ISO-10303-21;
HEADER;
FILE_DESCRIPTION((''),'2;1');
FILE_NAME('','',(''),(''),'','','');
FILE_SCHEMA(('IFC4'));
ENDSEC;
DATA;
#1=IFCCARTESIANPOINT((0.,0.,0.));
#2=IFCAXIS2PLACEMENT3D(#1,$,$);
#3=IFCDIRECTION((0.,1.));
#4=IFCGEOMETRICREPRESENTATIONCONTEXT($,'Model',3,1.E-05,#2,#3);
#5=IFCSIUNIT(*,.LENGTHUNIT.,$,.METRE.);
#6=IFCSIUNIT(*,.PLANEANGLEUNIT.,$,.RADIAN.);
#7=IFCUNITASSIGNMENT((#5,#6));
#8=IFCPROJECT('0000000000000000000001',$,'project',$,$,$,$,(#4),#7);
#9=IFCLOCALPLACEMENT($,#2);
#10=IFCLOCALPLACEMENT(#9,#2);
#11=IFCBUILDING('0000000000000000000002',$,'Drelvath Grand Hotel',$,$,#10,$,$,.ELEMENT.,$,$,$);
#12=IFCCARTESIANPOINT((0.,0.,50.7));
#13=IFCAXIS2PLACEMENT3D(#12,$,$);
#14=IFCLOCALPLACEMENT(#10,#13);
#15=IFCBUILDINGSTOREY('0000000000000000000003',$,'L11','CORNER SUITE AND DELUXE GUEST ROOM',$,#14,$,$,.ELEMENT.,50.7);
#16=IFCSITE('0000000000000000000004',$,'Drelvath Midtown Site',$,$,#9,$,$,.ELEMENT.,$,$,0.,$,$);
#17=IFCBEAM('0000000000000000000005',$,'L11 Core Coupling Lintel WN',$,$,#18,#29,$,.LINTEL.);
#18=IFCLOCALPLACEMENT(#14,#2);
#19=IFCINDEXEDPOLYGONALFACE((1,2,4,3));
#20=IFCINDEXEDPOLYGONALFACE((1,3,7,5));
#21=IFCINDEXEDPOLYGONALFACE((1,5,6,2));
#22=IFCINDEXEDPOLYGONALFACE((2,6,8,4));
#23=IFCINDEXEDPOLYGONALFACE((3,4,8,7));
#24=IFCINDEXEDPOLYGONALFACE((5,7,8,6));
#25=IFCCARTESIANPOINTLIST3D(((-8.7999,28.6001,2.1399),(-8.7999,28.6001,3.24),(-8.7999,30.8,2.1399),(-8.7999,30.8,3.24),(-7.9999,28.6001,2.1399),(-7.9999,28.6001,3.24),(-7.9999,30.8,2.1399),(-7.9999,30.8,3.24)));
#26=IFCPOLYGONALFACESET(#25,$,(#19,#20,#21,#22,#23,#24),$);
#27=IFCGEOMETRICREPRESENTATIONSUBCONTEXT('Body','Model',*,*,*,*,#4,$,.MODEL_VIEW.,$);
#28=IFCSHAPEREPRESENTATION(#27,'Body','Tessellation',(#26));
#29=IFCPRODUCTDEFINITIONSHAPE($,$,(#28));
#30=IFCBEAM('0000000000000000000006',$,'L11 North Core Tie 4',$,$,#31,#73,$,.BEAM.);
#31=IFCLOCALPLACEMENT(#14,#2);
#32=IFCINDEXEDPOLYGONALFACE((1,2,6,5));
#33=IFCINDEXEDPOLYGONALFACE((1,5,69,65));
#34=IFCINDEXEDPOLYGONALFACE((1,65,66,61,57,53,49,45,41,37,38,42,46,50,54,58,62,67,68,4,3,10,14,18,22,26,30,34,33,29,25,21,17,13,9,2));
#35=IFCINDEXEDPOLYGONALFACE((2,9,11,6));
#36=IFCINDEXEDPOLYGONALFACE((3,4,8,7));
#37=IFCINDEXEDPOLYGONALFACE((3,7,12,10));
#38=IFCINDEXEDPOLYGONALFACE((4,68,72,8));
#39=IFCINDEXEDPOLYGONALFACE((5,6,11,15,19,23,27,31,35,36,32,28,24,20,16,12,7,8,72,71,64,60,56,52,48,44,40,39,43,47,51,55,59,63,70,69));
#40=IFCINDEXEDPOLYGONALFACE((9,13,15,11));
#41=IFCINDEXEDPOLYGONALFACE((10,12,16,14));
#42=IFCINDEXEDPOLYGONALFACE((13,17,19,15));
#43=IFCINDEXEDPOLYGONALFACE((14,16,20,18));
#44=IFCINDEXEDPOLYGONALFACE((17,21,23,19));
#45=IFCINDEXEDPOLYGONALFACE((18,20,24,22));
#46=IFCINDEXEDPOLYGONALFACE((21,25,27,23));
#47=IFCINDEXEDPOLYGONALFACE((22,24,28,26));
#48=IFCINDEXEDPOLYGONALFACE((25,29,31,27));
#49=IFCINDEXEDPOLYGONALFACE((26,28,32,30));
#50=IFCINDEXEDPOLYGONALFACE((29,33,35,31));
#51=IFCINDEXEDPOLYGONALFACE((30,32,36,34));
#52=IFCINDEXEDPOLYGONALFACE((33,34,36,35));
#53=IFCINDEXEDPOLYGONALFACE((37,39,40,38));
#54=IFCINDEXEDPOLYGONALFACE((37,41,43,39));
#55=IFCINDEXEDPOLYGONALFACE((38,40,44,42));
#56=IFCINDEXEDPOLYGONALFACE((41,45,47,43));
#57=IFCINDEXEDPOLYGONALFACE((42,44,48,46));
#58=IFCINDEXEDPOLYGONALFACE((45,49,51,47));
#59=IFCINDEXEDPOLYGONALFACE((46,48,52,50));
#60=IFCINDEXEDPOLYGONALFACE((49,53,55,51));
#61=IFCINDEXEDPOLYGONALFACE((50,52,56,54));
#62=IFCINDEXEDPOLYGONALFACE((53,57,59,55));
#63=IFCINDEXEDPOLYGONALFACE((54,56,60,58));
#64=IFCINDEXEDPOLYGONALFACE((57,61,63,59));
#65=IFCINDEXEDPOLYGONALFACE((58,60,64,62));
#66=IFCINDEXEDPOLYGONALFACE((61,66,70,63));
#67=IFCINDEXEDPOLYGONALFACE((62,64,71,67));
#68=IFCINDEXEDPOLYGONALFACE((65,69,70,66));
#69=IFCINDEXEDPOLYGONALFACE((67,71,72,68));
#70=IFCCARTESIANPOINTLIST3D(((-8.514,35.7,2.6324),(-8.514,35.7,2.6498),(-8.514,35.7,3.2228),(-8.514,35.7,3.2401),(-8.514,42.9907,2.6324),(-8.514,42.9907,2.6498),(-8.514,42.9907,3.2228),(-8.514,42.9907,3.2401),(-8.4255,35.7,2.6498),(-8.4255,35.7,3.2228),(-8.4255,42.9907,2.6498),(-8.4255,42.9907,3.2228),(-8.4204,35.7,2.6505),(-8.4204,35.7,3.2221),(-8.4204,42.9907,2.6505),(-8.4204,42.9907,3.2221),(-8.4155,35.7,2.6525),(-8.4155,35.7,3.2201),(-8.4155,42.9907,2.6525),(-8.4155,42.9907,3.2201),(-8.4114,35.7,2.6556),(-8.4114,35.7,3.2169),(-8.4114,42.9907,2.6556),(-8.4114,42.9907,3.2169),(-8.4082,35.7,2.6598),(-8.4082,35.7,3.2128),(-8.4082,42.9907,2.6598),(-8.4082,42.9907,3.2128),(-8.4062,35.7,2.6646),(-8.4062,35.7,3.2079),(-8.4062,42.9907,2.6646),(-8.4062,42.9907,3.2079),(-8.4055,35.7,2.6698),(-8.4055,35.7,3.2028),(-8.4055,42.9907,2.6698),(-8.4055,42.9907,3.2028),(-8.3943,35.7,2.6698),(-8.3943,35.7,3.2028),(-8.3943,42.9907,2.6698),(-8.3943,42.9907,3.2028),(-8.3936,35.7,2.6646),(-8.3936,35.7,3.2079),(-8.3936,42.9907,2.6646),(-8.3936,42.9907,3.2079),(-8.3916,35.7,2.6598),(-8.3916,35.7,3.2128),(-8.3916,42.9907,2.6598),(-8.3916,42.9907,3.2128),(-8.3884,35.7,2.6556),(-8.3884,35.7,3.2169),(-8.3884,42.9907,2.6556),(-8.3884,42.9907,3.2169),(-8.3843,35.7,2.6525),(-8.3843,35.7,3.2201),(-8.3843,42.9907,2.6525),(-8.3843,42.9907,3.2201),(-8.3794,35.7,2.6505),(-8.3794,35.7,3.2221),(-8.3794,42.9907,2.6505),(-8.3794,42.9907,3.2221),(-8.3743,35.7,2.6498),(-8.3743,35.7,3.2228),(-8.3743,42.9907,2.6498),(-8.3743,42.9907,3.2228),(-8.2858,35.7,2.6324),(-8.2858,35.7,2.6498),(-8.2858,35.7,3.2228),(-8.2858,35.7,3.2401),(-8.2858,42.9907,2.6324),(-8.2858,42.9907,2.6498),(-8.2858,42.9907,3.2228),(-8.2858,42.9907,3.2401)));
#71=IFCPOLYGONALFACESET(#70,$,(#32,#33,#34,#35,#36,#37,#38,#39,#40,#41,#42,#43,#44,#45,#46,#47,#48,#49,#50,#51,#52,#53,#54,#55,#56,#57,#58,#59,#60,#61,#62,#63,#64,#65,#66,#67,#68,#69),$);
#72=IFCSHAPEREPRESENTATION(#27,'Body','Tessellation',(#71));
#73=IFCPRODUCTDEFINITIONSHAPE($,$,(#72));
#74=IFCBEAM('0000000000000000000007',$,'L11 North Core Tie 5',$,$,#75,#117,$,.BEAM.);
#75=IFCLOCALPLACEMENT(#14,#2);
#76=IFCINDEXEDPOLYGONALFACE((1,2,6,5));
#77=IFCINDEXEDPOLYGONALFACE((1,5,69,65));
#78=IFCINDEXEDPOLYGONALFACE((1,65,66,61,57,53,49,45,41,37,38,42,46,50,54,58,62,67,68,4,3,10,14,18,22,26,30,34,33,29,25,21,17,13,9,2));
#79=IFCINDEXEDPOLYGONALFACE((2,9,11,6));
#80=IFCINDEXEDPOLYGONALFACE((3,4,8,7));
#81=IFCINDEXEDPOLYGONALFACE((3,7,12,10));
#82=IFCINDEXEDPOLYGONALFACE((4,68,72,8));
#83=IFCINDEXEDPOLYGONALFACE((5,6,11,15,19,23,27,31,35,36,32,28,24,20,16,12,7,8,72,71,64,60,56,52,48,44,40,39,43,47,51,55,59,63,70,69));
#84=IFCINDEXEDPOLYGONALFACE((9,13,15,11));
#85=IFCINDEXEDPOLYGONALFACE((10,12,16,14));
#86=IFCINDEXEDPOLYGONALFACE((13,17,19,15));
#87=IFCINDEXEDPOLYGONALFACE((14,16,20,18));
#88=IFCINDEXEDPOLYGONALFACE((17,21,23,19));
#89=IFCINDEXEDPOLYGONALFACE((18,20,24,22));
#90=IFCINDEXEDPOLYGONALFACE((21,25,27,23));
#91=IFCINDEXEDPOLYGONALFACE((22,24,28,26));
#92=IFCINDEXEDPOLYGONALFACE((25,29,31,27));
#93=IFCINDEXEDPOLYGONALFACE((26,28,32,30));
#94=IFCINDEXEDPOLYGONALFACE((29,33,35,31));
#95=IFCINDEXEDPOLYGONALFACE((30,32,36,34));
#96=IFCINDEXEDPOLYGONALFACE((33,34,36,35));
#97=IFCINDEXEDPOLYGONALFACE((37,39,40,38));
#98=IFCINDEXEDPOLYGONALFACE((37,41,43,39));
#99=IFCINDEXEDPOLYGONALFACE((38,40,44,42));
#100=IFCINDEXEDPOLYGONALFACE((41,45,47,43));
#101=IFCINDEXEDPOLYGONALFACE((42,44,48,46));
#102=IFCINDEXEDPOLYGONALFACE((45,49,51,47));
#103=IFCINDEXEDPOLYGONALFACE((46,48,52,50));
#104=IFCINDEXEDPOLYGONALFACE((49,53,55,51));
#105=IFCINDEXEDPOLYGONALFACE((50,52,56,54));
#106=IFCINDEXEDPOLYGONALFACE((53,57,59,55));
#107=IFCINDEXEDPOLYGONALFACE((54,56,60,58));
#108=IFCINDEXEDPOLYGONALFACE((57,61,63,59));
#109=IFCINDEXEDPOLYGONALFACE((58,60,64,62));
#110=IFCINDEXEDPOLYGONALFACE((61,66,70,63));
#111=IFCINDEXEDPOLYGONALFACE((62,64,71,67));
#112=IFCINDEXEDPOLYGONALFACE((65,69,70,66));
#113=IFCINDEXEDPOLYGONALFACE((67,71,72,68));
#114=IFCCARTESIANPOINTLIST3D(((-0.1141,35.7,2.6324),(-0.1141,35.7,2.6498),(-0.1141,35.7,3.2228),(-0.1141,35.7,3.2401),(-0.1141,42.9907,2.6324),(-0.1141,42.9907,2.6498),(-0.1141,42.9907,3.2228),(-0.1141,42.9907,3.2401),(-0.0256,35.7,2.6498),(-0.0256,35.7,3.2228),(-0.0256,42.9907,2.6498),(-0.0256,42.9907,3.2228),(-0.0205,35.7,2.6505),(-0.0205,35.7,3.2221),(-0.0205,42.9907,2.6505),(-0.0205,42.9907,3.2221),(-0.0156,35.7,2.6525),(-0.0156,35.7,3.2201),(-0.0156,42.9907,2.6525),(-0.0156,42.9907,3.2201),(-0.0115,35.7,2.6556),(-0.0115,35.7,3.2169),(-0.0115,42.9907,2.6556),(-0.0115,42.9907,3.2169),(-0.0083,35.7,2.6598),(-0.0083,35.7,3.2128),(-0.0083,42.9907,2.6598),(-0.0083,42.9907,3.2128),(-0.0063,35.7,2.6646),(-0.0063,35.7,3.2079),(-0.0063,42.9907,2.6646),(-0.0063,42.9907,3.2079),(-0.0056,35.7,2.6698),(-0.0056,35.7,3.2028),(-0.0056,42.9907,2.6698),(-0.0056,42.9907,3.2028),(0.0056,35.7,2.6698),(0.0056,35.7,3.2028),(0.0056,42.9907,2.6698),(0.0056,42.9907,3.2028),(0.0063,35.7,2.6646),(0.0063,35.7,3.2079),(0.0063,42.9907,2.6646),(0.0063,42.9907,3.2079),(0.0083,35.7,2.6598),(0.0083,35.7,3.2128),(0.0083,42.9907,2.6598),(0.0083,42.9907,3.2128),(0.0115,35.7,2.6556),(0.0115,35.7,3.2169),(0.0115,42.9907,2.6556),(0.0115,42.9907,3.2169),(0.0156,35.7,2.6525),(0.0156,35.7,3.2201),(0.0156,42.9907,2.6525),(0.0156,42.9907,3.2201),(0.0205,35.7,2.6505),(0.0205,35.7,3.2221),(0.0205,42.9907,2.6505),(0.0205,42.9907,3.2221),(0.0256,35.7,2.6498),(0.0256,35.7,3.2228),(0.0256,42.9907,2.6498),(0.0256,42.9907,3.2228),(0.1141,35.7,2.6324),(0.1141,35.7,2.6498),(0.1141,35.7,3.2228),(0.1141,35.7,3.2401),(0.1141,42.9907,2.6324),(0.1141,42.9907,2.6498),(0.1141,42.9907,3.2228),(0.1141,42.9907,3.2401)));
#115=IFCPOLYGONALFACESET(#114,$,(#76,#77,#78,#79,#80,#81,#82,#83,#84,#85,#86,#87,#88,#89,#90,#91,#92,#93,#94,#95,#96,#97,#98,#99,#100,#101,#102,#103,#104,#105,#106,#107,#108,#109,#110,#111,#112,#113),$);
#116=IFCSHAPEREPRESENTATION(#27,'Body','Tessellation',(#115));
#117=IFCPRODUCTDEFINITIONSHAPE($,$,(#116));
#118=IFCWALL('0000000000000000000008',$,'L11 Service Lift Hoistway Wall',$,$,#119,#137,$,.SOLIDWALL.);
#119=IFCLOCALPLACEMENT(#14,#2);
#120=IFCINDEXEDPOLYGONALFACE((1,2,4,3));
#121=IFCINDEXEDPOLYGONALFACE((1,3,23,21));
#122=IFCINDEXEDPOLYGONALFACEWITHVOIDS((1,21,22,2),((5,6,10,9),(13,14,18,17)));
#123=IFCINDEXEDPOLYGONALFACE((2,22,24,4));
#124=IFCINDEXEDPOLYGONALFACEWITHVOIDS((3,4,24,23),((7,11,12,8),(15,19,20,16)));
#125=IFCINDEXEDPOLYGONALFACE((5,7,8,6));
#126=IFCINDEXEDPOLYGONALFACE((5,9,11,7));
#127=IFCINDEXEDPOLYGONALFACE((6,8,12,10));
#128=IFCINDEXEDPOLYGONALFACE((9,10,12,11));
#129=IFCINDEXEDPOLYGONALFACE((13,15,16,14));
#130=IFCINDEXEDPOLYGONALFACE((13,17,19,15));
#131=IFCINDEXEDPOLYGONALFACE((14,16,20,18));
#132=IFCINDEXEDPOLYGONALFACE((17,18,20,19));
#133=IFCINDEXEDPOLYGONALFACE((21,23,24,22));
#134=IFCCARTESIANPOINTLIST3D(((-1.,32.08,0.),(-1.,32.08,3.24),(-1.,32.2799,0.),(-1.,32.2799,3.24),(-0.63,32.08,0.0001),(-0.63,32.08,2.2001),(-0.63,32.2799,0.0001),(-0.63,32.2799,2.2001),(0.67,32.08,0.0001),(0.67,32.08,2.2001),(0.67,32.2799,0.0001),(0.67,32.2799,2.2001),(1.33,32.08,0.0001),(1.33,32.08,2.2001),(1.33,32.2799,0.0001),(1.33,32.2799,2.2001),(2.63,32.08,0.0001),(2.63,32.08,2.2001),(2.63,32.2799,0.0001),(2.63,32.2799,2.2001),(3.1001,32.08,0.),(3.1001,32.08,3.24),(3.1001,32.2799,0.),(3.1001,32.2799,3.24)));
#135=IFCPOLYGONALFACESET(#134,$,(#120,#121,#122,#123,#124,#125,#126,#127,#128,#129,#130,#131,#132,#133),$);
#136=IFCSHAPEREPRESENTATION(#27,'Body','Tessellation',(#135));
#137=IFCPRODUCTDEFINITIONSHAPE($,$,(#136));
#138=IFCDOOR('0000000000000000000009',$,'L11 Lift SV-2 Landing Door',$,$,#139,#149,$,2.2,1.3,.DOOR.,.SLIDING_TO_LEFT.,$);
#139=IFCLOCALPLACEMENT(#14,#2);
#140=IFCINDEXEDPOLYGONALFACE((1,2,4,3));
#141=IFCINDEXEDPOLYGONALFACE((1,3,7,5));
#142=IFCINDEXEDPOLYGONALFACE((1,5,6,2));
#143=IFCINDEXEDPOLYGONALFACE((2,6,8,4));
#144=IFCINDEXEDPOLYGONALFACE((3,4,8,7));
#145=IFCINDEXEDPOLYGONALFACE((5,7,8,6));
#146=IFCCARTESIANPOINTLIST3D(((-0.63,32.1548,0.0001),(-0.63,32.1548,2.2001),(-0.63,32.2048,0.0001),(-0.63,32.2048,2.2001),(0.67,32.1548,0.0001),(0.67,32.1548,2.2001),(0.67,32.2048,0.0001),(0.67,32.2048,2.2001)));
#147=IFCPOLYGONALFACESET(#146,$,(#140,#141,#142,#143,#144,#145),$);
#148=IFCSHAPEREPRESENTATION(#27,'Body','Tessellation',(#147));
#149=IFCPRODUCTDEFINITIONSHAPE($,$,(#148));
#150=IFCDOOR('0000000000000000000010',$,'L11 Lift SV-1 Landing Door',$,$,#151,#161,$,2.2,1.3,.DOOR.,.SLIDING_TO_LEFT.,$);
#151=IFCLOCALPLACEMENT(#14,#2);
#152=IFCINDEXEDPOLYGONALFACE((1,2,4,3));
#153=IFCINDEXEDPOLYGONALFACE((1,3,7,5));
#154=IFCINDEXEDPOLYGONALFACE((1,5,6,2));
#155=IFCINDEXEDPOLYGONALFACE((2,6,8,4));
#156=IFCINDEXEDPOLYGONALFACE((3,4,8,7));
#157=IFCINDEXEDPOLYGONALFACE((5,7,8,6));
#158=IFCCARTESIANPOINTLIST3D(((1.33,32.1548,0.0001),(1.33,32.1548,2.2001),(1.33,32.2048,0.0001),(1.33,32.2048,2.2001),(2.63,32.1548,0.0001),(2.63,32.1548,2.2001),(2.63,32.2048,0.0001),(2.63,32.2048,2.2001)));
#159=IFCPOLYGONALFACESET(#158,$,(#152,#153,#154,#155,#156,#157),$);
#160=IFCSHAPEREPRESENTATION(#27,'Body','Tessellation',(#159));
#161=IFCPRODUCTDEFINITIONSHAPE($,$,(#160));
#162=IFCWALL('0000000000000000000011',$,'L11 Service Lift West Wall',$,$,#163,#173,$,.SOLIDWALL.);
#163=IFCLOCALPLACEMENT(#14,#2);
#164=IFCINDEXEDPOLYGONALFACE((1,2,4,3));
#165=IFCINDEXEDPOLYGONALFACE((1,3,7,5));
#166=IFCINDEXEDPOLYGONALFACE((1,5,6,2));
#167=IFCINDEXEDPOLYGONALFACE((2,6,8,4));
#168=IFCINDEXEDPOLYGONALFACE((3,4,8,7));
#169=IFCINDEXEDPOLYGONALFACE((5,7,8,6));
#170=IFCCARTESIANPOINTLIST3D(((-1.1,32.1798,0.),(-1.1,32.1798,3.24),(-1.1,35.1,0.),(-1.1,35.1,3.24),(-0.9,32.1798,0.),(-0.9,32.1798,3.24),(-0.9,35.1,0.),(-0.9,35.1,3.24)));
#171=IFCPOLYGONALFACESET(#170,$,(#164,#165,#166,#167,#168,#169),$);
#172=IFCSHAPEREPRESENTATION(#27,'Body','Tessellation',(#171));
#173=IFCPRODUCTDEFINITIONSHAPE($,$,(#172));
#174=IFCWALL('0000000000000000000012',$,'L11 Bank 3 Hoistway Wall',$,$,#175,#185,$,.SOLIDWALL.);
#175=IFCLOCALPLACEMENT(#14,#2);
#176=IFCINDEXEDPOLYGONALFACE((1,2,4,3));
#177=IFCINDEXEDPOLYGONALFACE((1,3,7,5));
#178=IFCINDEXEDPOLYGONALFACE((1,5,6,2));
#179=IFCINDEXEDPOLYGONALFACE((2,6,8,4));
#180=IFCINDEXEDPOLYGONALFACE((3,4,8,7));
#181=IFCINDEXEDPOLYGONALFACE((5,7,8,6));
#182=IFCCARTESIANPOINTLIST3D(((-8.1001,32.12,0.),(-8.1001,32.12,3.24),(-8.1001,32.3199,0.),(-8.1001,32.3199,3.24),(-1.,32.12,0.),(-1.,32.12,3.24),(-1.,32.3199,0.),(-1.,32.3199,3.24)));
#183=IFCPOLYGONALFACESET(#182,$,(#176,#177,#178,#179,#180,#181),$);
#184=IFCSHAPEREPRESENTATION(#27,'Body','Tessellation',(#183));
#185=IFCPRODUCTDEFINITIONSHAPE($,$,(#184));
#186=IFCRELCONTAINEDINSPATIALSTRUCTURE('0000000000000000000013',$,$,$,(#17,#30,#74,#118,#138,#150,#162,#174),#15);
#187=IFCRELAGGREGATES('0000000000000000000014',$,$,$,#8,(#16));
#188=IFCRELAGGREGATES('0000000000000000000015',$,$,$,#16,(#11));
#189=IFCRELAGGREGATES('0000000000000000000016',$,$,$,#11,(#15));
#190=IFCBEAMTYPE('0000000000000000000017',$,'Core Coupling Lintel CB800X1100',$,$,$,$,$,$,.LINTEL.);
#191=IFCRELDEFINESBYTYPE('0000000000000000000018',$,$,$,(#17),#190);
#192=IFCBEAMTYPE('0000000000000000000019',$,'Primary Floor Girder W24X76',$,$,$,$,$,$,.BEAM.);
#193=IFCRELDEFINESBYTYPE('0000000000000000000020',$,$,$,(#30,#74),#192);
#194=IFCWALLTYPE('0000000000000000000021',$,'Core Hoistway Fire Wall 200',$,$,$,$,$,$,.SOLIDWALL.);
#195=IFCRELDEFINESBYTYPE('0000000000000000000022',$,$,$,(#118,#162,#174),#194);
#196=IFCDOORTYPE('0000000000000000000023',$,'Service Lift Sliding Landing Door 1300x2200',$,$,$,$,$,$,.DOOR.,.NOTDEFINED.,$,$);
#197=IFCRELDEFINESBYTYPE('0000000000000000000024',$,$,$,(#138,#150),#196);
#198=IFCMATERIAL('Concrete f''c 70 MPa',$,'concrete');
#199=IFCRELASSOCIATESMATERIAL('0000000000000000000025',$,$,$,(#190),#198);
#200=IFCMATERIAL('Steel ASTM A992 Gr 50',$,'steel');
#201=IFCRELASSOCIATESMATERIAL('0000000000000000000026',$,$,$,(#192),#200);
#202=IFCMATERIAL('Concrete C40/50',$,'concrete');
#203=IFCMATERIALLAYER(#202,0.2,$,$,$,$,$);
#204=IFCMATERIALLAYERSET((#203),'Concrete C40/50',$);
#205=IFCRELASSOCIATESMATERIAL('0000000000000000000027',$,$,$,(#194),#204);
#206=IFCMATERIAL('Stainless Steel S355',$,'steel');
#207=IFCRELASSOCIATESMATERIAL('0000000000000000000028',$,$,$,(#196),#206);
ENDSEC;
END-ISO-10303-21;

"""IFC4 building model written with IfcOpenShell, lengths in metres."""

from ifc_helpers import new_model, si_unit, direction, frame, frame_2d, origin, origin_2d, place, context, subcontext, project, spatial, rectangle, i_section, extrude, material, layer, layer_set, material_profile, profile_set, type_object, element, fill, save


model = new_model("IFC4")

# Units and contexts
model_context = context("Model", 3, precision=1e-05, world=origin(), true_north=direction((0.0, 1.0)))
body_context = subcontext(model_context, "Body", "Model", "MODEL_VIEW")
ifc_project = project(units=[si_unit("LENGTHUNIT", "METRE"), si_unit("PLANEANGLEUNIT", "RADIAN")], contexts=[model_context])

# Site, building, storey
site_placement = place(None, origin())
site = spatial("IfcSite", under=ifc_project, at=site_placement, Name="Drelvath Midtown Site", CompositionType="ELEMENT", RefElevation=0.0)
building_placement = place(site_placement, origin())
building = spatial("IfcBuilding", under=site, at=building_placement, Name="Drelvath Grand Hotel", CompositionType="ELEMENT")
storey_placement = place(building_placement, frame((0.0, 0.0, 50.7)))
storey = spatial("IfcBuildingStorey", under=building, at=storey_placement, Name="L11", Description="CORNER SUITE AND DELUXE GUEST ROOM", CompositionType="ELEMENT", Elevation=50.7)

# Beams
ifc_material_1 = material(Name="Concrete f'c 70 MPa", Category="concrete")
ifc_material_profile_1 = material_profile(ifc_material_1, rectangle(XDim=0.8, YDim=1.1001, at=origin_2d()), Name="CB800X1100")
ifc_profile_set_1 = profile_set([ifc_material_profile_1], Name="Concrete f'c 70 MPa")
beam_type_1 = type_object("IfcBeamType", Name="Core Coupling Lintel CB800X1100", PredefinedType="LINTEL", material=ifc_profile_set_1)
beam_placement = place(storey_placement, frame((-8.3999, 28.6001, 2.6899), z_axis=(0.0, 1.0, 0.0), x_axis=(-1.0, 0.0, 0.0)))
element("IfcBeam", 1, at=beam_placement, inside=storey, type_object=beam_type_1, Name="L11 Core Coupling Lintel WN", PredefinedType="LINTEL", context=body_context, shape_type="SweptSolid", body=[
    extrude(rectangle(XDim=0.8, YDim=1.1001, at=origin_2d()), origin(), (0.0, 0.0, 1.0), 2.2),
])
ifc_material_2 = material(Name="Steel ASTM A992 Gr 50", Category="steel")
ifc_material_profile_2 = material_profile(ifc_material_2, i_section(OverallWidth=0.2283, OverallDepth=0.6077, WebThickness=0.0112, FlangeThickness=0.0173, FilletRadius=0.02, at=origin_2d()), Name="W24X76")
ifc_profile_set_2 = profile_set([ifc_material_profile_2], Name="Steel ASTM A992 Gr 50")
beam_type_2 = type_object("IfcBeamType", Name="Primary Floor Girder W24X76", PredefinedType="BEAM", material=ifc_profile_set_2)
for number, where, z_axis, x_axis, name in (
    (2, (-8.3999, 35.7, 2.9363), (0.0, 1.0, 0.0), (-1.0, 0.0, 0.0), "L11 North Core Tie 4"),
    (3, (0.0, 35.7, 2.9363), (0.0, 1.0, 0.0), (-1.0, 0.0, 0.0), "L11 North Core Tie 5"),
):
    element("IfcBeam", number, at=place(storey_placement, frame(where, z_axis=z_axis, x_axis=x_axis)), inside=storey, type_object=beam_type_2, Name=name, PredefinedType="BEAM", context=body_context, shape_type="SweptSolid", body=[
        extrude(i_section(OverallWidth=0.2283, OverallDepth=0.6077, WebThickness=0.0112, FlangeThickness=0.0173, FilletRadius=0.02, at=origin_2d()), origin(), (0.0, 0.0, 1.0), 7.2908),
    ])

# Wall, openings, doors
ifc_material_3 = material(Name="Concrete C40/50", Category="concrete")
ifc_layer_1 = layer(ifc_material_3, 0.2)
ifc_layer_set_1 = layer_set([ifc_layer_1], Name="Concrete C40/50")
wall_type_1 = type_object("IfcWallType", Name="Core Hoistway Fire Wall 200", PredefinedType="SOLIDWALL", material=ifc_layer_set_1)
wall_1_placement = place(storey_placement, frame((-1.0, 32.1799, 0.0), z_axis=(0.0, 0.0, 1.0), x_axis=(1.0, 0.0, 0.0)))
wall_1 = element("IfcWall", 4, at=wall_1_placement, inside=storey, type_object=wall_type_1, Name="L11 Service Lift Hoistway Wall", PredefinedType="SOLIDWALL", context=body_context, shape_type="SweptSolid", body=[
    extrude(rectangle(XDim=4.1001, YDim=0.2, at=frame_2d((2.05, 0.0))), origin(), (0.0, 0.0, 1.0), 3.24),
])
opening_1_placement = place(wall_1_placement, frame((0.3701, 0.0, 0.0)))
opening_1 = element("IfcOpeningElement", 5, at=opening_1_placement, cuts=wall_1, PredefinedType="OPENING", context=body_context, shape_type="SweptSolid", body=[
    extrude(rectangle(XDim=1.3, YDim=2.2, at=frame_2d((0.6499, 1.1001))), frame((0.0, 0.1099, 0.0), z_axis=(0.0, -1.0, 0.0), x_axis=(1.0, 0.0, 0.0)), (0.0, 0.0, 1.0), 0.22),
])
opening_2_placement = place(wall_1_placement, frame((2.3301, 0.0, 0.0)))
opening_2 = element("IfcOpeningElement", 6, at=opening_2_placement, cuts=wall_1, PredefinedType="OPENING", context=body_context, shape_type="SweptSolid", body=[
    extrude(rectangle(XDim=1.3, YDim=2.2, at=frame_2d((0.6499, 1.1001))), frame((0.0, 0.1099, 0.0), z_axis=(0.0, -1.0, 0.0), x_axis=(1.0, 0.0, 0.0)), (0.0, 0.0, 1.0), 0.22),
])
ifc_material_4 = material(Name="Stainless Steel S355", Category="steel")
door_type_1 = type_object("IfcDoorType", Name="Service Lift Sliding Landing Door 1300x2200", OperationType="NOTDEFINED", PredefinedType="DOOR", material=ifc_material_4)
door_1_placement = place(opening_1_placement, origin())
door_1 = element("IfcDoor", 7, at=door_1_placement, inside=storey, type_object=door_type_1, Name="L11 Lift SV-2 Landing Door", OperationType="SLIDING_TO_LEFT", OverallHeight=2.2, OverallWidth=1.3, PredefinedType="DOOR", context=body_context, shape_type="SweptSolid", body=[
    extrude(rectangle(XDim=1.3, YDim=2.2, at=frame_2d((0.6499, 1.1001))), frame((0.0, 0.0249, 0.0), z_axis=(0.0, -1.0, 0.0), x_axis=(1.0, 0.0, 0.0)), (0.0, 0.0, 1.0), 0.05),
])
fill(opening_1, door_1)
door_2_placement = place(opening_2_placement, origin())
door_2 = element("IfcDoor", 8, at=door_2_placement, inside=storey, type_object=door_type_1, Name="L11 Lift SV-1 Landing Door", OperationType="SLIDING_TO_LEFT", OverallHeight=2.2, OverallWidth=1.3, PredefinedType="DOOR", context=body_context, shape_type="SweptSolid", body=[
    extrude(rectangle(XDim=1.3, YDim=2.2, at=frame_2d((0.6499, 1.1001))), frame((0.0, 0.0249, 0.0), z_axis=(0.0, -1.0, 0.0), x_axis=(1.0, 0.0, 0.0)), (0.0, 0.0, 1.0), 0.05),
])
fill(opening_2, door_2)

# Walls
wall_2_placement = place(storey_placement, frame((-1.0, 32.1799, 0.0), z_axis=(0.0, 0.0, 1.0), x_axis=(0.0, 1.0, 0.0)))
element("IfcWall", 9, at=wall_2_placement, inside=storey, type_object=wall_type_1, Name="L11 Service Lift West Wall", PredefinedType="SOLIDWALL", context=body_context, shape_type="SweptSolid", body=[
    extrude(rectangle(XDim=2.9202, YDim=0.2, at=frame_2d((1.46, 0.0))), origin(), (0.0, 0.0, 1.0), 3.24),
])
wall_3_placement = place(storey_placement, frame((-8.1001, 32.22, 0.0), z_axis=(0.0, 0.0, 1.0), x_axis=(1.0, 0.0, 0.0)))
element("IfcWall", 10, at=wall_3_placement, inside=storey, type_object=wall_type_1, Name="L11 Bank 3 Hoistway Wall", PredefinedType="SOLIDWALL", context=body_context, shape_type="SweptSolid", body=[
    extrude(rectangle(XDim=7.1001, YDim=0.2, at=frame_2d((3.55, 0.0))), origin(), (0.0, 0.0, 1.0), 3.24),
])

save(model, "model.ifc")
